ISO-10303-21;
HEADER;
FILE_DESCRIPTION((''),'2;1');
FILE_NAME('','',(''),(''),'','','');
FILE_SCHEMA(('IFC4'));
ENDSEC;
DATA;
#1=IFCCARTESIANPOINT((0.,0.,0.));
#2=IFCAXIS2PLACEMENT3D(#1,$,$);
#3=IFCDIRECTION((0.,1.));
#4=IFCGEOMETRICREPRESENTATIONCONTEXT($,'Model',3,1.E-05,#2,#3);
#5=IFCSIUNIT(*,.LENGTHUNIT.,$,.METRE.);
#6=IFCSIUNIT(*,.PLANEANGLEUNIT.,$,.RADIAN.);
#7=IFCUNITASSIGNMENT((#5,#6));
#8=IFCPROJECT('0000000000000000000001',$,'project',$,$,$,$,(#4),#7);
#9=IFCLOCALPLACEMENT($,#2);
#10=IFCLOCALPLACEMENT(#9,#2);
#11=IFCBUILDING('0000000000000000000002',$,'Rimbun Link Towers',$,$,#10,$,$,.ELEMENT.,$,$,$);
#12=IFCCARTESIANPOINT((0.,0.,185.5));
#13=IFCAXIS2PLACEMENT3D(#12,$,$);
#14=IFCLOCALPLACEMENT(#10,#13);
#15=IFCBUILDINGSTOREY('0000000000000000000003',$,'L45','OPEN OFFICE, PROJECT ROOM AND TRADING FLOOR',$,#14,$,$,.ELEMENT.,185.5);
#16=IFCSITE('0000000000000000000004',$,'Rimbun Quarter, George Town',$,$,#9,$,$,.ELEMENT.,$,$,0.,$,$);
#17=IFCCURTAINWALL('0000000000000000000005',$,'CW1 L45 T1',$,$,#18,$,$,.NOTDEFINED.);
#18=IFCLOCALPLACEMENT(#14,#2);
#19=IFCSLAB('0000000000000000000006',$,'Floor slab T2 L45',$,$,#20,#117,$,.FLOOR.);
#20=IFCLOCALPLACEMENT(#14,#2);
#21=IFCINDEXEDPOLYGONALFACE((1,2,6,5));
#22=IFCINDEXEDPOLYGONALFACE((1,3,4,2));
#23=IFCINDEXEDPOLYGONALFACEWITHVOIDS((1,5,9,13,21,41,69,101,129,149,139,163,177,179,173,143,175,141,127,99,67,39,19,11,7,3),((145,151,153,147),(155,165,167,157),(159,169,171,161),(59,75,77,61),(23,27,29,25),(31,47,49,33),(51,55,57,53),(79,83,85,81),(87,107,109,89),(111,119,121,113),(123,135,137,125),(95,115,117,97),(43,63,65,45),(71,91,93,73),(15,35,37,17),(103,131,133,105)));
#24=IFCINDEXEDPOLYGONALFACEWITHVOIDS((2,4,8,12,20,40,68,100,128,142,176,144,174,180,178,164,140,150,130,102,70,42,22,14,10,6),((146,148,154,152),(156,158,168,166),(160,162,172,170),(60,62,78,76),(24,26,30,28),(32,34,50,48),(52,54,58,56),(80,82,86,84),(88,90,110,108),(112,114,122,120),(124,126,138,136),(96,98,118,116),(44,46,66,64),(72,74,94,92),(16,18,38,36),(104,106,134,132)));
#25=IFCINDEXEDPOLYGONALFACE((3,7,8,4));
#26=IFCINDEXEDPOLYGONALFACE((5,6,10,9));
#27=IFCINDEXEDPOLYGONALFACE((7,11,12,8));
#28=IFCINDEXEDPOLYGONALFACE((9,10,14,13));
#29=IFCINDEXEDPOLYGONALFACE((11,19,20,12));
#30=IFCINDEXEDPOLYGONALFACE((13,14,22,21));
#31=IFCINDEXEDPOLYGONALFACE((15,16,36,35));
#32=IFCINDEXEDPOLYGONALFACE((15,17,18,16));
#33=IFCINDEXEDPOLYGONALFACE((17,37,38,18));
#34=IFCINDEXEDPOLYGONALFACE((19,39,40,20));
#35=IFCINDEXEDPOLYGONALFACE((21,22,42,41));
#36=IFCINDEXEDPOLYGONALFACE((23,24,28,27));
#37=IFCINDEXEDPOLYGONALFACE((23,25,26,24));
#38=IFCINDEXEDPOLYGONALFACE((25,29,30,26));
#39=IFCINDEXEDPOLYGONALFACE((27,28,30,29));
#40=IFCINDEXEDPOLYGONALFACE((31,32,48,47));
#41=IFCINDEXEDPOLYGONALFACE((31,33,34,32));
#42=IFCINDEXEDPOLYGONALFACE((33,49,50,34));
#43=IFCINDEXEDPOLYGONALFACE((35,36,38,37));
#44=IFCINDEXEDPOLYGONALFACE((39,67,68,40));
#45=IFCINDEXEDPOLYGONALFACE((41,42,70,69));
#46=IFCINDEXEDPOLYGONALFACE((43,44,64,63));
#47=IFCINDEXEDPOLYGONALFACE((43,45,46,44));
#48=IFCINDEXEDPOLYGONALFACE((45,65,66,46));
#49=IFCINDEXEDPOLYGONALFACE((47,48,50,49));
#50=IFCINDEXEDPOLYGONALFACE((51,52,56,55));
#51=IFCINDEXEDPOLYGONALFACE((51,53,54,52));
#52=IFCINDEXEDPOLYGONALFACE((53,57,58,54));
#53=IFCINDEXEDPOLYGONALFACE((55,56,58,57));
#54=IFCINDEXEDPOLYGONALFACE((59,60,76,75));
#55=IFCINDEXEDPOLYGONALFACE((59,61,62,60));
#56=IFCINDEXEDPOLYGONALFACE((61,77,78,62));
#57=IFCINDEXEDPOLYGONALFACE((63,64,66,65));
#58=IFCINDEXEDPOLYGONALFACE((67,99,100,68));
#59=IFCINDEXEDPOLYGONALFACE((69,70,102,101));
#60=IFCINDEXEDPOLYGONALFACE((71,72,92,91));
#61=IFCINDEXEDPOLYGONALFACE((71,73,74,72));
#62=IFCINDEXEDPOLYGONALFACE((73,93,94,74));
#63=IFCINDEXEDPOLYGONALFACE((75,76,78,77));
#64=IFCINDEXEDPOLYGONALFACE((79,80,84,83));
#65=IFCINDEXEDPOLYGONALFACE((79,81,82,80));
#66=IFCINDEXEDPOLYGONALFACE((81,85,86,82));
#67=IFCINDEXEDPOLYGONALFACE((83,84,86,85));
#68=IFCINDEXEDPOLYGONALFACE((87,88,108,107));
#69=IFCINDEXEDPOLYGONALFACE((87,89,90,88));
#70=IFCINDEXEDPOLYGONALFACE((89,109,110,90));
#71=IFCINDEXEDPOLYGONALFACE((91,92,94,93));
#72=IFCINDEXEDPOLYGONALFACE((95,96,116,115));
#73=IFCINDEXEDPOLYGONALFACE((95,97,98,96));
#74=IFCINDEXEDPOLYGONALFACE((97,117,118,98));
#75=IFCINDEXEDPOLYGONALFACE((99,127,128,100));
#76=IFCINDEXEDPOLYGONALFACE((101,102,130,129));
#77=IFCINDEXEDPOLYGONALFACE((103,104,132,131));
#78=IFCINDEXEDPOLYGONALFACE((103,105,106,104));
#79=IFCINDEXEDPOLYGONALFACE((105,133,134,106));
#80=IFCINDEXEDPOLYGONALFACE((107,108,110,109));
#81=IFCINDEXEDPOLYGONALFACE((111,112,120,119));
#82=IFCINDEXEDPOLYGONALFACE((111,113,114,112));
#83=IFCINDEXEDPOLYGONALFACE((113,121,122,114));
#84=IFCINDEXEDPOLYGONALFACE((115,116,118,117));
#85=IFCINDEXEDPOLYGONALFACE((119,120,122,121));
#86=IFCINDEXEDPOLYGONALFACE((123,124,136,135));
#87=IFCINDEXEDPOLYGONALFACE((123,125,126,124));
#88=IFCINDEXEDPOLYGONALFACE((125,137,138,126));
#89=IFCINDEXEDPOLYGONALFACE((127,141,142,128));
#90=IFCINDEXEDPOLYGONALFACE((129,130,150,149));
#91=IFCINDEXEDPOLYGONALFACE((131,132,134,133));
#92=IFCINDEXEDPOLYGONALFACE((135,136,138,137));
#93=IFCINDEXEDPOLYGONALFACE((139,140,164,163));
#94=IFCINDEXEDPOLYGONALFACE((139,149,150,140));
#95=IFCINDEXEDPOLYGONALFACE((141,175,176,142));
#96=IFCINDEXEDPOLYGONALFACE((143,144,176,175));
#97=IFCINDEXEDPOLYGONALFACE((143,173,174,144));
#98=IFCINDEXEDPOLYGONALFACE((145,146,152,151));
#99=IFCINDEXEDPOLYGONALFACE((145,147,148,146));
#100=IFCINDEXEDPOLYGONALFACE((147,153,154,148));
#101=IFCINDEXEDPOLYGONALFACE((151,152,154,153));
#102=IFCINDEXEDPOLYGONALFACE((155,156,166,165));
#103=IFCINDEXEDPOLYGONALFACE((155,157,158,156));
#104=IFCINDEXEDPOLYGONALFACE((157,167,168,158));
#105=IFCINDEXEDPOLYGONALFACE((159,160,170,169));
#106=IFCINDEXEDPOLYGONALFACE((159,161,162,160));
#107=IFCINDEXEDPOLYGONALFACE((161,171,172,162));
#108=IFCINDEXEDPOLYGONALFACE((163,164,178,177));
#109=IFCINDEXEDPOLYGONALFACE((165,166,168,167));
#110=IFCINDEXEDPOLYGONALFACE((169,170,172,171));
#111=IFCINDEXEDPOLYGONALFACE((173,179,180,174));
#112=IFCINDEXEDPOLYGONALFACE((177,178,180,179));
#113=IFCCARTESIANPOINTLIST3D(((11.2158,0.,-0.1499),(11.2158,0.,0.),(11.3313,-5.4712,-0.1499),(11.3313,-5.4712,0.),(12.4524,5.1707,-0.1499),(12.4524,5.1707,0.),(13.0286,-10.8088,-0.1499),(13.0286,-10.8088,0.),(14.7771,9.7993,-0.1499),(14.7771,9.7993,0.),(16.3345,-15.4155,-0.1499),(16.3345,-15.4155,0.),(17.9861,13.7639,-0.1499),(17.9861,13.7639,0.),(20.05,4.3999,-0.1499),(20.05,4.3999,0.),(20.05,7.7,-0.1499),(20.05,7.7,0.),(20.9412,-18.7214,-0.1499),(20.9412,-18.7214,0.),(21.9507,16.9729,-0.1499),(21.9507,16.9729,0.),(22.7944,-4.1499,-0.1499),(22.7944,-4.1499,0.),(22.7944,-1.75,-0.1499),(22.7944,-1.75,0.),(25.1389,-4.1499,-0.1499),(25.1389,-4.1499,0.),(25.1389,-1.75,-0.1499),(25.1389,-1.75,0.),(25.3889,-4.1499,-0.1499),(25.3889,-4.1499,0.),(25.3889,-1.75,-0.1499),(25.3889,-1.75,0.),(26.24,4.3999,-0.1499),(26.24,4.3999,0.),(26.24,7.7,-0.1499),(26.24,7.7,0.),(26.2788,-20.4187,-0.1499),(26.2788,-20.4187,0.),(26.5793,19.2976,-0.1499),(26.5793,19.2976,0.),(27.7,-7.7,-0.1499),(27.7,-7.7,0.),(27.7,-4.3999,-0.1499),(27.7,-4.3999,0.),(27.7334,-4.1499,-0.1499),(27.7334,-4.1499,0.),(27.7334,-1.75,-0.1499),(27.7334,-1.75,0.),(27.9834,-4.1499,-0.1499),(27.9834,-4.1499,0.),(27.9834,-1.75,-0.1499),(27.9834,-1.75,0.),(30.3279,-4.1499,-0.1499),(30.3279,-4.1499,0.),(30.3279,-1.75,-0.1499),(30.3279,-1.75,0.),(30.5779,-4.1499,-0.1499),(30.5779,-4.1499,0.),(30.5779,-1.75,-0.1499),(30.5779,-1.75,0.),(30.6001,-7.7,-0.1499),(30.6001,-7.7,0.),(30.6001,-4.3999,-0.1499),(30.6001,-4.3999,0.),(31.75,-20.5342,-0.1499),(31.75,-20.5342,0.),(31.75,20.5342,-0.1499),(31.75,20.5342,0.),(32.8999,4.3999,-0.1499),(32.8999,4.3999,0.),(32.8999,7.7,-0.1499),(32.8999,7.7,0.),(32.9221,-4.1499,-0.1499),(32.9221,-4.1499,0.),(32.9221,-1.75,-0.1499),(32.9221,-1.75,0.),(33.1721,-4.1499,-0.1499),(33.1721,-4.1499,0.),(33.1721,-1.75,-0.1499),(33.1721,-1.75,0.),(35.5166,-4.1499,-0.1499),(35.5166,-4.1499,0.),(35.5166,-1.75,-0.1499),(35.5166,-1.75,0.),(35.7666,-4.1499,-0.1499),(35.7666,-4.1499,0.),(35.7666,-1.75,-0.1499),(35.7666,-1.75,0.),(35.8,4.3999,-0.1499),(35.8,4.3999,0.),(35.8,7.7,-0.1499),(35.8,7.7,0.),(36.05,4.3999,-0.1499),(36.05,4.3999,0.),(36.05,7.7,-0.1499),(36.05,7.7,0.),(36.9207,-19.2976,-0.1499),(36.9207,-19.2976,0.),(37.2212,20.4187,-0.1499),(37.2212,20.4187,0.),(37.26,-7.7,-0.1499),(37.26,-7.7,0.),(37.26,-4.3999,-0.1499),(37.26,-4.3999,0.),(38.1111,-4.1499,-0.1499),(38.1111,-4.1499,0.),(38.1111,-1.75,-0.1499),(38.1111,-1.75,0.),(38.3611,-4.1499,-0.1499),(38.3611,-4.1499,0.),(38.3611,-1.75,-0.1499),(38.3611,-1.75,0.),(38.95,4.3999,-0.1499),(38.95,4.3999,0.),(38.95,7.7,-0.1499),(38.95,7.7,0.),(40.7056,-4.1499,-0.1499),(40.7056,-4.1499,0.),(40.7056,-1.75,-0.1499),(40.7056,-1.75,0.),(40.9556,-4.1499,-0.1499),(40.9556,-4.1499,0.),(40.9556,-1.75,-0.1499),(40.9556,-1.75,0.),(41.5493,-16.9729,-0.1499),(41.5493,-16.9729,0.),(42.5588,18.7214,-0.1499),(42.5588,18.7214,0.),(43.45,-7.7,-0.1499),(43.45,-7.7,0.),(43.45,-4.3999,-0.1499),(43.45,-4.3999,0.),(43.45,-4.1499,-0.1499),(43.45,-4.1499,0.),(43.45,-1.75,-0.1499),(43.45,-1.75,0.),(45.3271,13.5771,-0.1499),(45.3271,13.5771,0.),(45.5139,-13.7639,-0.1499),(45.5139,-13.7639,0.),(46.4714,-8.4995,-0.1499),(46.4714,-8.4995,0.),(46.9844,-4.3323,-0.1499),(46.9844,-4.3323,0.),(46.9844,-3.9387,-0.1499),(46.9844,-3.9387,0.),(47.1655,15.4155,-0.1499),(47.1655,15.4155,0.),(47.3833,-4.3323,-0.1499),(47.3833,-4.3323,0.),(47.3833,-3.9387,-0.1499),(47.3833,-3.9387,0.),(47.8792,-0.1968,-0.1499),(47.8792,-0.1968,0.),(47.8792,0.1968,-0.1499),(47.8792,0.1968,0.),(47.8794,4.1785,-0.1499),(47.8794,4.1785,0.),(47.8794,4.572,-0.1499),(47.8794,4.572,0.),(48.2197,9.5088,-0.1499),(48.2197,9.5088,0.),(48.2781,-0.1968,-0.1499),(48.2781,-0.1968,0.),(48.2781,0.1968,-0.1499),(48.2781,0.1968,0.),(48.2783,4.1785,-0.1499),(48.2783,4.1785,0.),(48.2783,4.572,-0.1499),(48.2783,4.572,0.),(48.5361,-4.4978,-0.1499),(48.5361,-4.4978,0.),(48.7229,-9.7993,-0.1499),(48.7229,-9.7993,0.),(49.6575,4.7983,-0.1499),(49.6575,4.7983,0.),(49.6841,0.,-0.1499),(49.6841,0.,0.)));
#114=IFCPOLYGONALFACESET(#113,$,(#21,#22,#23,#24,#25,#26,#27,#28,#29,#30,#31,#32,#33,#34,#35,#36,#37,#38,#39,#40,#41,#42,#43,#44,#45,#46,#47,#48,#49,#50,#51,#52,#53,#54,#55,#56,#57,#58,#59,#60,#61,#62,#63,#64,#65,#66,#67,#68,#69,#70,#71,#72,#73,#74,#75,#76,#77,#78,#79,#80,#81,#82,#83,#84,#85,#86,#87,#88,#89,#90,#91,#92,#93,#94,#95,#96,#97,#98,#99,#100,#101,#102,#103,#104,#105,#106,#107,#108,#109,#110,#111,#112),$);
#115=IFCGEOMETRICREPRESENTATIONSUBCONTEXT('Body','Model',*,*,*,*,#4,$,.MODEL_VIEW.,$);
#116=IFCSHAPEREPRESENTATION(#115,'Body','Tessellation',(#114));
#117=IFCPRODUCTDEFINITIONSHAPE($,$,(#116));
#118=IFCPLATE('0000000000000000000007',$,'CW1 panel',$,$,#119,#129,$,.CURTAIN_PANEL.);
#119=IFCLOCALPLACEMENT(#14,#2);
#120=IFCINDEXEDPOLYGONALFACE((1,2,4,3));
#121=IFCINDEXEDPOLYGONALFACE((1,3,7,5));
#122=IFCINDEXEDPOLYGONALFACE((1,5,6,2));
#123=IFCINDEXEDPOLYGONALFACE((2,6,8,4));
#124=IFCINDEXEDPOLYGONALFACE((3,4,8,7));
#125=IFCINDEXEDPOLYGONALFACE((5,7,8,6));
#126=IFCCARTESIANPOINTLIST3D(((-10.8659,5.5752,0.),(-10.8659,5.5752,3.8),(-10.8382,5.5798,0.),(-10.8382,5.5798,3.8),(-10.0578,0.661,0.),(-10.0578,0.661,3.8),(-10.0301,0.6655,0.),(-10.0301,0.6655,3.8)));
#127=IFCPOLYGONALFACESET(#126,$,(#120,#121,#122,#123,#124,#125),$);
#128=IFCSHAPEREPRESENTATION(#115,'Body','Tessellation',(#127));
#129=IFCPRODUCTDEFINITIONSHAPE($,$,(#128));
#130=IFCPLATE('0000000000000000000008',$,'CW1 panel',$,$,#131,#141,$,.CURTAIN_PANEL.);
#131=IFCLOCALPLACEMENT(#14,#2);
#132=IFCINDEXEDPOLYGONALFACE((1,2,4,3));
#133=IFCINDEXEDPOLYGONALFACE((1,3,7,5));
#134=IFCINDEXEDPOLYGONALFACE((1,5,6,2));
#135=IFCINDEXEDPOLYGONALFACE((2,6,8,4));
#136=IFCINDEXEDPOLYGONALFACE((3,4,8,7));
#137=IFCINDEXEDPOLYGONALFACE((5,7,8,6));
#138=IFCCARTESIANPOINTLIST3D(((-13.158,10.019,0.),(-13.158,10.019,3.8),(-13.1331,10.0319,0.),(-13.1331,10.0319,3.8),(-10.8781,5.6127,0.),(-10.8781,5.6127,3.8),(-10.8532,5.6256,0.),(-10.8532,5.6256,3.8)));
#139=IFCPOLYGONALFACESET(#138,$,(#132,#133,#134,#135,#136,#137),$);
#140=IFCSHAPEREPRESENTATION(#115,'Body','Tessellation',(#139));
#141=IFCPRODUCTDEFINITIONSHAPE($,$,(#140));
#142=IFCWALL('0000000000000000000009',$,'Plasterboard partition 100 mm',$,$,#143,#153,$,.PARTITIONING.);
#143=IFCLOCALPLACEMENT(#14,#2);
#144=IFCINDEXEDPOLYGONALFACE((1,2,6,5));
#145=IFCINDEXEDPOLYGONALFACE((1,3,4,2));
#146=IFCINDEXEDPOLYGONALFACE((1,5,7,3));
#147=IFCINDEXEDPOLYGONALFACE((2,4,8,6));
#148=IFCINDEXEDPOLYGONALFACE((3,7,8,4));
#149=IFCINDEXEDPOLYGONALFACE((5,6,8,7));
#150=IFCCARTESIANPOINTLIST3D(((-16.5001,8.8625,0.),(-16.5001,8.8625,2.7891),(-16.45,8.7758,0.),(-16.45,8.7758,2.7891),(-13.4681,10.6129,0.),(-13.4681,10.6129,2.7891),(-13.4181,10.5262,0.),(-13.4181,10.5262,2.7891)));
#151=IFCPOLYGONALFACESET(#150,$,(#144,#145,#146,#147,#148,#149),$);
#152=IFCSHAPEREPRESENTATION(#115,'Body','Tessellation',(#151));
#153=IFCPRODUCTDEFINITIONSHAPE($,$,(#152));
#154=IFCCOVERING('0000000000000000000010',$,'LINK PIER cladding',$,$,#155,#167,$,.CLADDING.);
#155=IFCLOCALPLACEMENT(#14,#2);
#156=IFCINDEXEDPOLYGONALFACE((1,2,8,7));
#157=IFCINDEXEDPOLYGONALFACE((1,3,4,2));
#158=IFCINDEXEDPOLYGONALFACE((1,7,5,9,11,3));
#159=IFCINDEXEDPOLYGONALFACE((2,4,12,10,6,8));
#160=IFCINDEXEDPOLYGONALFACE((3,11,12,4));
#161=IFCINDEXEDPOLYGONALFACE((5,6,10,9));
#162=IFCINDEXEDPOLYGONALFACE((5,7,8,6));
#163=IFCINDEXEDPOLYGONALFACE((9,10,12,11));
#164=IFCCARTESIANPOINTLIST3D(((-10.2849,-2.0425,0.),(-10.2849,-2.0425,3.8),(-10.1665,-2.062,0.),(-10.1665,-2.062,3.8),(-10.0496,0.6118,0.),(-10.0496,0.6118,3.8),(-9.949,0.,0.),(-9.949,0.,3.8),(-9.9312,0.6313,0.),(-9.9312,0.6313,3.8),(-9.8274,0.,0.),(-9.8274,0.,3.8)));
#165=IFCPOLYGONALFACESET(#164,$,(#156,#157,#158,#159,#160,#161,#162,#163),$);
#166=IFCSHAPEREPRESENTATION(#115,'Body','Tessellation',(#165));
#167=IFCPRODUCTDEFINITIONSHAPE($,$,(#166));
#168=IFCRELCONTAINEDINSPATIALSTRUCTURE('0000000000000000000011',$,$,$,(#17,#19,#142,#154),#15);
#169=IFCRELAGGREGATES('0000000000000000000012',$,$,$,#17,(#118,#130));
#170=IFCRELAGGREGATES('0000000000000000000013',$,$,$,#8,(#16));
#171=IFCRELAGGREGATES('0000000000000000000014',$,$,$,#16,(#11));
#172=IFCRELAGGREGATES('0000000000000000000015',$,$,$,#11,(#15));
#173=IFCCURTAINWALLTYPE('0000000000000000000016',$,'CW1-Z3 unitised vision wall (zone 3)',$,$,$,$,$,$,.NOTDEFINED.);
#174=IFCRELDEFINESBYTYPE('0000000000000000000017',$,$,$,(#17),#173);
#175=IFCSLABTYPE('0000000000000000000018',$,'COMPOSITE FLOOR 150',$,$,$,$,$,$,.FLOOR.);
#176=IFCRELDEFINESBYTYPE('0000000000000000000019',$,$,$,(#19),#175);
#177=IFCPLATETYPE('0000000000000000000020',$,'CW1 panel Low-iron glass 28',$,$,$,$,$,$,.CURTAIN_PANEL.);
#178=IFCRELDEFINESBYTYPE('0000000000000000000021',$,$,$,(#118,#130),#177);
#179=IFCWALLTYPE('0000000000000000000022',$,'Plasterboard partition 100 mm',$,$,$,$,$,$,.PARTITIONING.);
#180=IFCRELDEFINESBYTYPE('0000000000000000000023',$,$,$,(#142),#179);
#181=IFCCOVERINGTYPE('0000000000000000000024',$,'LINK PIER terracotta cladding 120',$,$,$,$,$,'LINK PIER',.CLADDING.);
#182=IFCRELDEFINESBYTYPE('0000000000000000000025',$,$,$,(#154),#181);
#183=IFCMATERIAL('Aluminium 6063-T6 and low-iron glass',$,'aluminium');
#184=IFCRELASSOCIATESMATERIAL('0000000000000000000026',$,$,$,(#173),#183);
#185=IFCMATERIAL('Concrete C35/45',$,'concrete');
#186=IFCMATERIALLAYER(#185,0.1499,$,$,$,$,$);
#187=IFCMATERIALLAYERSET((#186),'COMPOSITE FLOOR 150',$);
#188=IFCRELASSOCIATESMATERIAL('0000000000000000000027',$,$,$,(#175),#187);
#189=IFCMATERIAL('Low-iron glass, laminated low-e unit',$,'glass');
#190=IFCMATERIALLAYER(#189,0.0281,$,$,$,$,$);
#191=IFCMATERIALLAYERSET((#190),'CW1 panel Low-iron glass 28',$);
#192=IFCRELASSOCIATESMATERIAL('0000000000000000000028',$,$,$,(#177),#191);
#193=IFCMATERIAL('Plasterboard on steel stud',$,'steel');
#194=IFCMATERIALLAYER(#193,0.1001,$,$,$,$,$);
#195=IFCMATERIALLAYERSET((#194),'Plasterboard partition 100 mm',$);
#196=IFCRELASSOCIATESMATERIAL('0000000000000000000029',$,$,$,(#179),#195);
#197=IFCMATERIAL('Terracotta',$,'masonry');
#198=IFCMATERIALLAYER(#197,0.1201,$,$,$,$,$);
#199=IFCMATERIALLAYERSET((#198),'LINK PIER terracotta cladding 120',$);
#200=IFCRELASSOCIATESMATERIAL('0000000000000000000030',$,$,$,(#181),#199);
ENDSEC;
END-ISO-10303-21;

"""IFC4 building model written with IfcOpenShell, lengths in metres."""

from ifc_helpers import new_model, si_unit, direction, frame, frame_2d, origin, origin_2d, place, context, subcontext, project, spatial, polyline, rectangle, outline, extrude, material, layer, layer_set, type_object, element, aggregate, save


model = new_model("IFC4")

# Units and contexts
model_context = context("Model", 3, precision=1e-05, world=origin(), true_north=direction((0.0, 1.0)))
body_context = subcontext(model_context, "Body", "Model", "MODEL_VIEW")
ifc_project = project(units=[si_unit("LENGTHUNIT", "METRE"), si_unit("PLANEANGLEUNIT", "RADIAN")], contexts=[model_context])

# Site, building, storey
site_placement = place(None, origin())
site = spatial("IfcSite", under=ifc_project, at=site_placement, Name="Rimbun Quarter, George Town", CompositionType="ELEMENT", RefElevation=0.0)
building_placement = place(site_placement, origin())
building = spatial("IfcBuilding", under=site, at=building_placement, Name="Rimbun Link Towers", CompositionType="ELEMENT")
storey_placement = place(building_placement, frame((0.0, 0.0, 185.5)))
storey = spatial("IfcBuildingStorey", under=building, at=storey_placement, Name="L45", Description="OPEN OFFICE, PROJECT ROOM AND TRADING FLOOR", CompositionType="ELEMENT", Elevation=185.5)

# Curtain wall
ifc_material_1 = material(Name="Aluminium 6063-T6 and low-iron glass", Category="aluminium")
curtain_wall_type = type_object("IfcCurtainWallType", Name="CW1-Z3 unitised vision wall (zone 3)", PredefinedType="NOTDEFINED", material=ifc_material_1)
curtain_wall_placement = place(storey_placement, origin())
curtain_wall = element("IfcCurtainWall", 1, at=curtain_wall_placement, inside=storey, type_object=curtain_wall_type, Name="CW1 L45 T1", PredefinedType="NOTDEFINED")

# Slab
ifc_material_2 = material(Name="Concrete C35/45", Category="concrete")
ifc_layer_1 = layer(ifc_material_2, 0.1499)
ifc_layer_set_1 = layer_set([ifc_layer_1], Name="COMPOSITE FLOOR 150")
slab_type = type_object("IfcSlabType", Name="COMPOSITE FLOOR 150", PredefinedType="FLOOR", material=ifc_layer_set_1)
slab_placement = place(storey_placement, frame((0.0, 0.0, -0.1499)))
element("IfcSlab", 2, at=slab_placement, inside=storey, type_object=slab_type, Name="Floor slab T2 L45", PredefinedType="FLOOR", context=body_context, shape_type="SweptSolid", body=[
    extrude(outline(polyline([(45.5139, -13.7639), (41.5493, -16.9729), (36.9207, -19.2976), (31.75, -20.5342), (26.2788, -20.4187), (20.9412, -18.7214), (16.3345, -15.4155), (13.0286, -10.8088), (11.3313, -5.4712), (11.2158, 0.0), (12.4524, 5.1707), (14.7771, 9.7993), (17.9861, 13.7639), (21.9507, 16.9729), (26.5793, 19.2976), (31.75, 20.5342), (37.2212, 20.4187), (42.5588, 18.7214), (47.1655, 15.4155), (45.3271, 13.5771), (48.2197, 9.5088), (49.6575, 4.7983), (49.6841, 0.0), (48.5361, -4.4978), (46.4714, -8.4995), (48.7229, -9.7993), (45.5139, -13.7639)]), holes=[polyline([(30.6001, -7.7), (30.6001, -4.3999), (27.7, -4.3999), (27.7, -7.7), (30.6001, -7.7)]), polyline([(25.1389, -4.1499), (25.1389, -1.75), (22.7944, -1.75), (22.7944, -4.1499), (25.1389, -4.1499)]), polyline([(27.7334, -4.1499), (27.7334, -1.75), (25.3889, -1.75), (25.3889, -4.1499), (27.7334, -4.1499)]), polyline([(30.3279, -4.1499), (30.3279, -1.75), (27.9834, -1.75), (27.9834, -4.1499), (30.3279, -4.1499)]), polyline([(32.9221, -4.1499), (32.9221, -1.75), (30.5779, -1.75), (30.5779, -4.1499), (32.9221, -4.1499)]), polyline([(35.5166, -4.1499), (35.5166, -1.75), (33.1721, -1.75), (33.1721, -4.1499), (35.5166, -4.1499)]), polyline([(26.24, 4.3999), (26.24, 7.7), (20.05, 7.7), (20.05, 4.3999), (26.24, 4.3999)]), polyline([(35.8, 4.3999), (35.8, 7.7), (32.8999, 7.7), (32.8999, 4.3999), (35.8, 4.3999)]), polyline([(43.45, -7.7), (43.45, -4.3999), (37.26, -4.3999), (37.26, -7.7), (43.45, -7.7)]), polyline([(47.3833, -4.3323), (47.3833, -3.9387), (46.9844, -3.9387), (46.9844, -4.3323), (47.3833, -4.3323)]), polyline([(38.1111, -4.1499), (38.1111, -1.75), (35.7666, -1.75), (35.7666, -4.1499), (38.1111, -4.1499)]), polyline([(40.7056, -4.1499), (40.7056, -1.75), (38.3611, -1.75), (38.3611, -4.1499), (40.7056, -4.1499)]), polyline([(43.45, -4.1499), (43.45, -1.75), (40.9556, -1.75), (40.9556, -4.1499), (43.45, -4.1499)]), polyline([(48.2781, -0.1968), (48.2781, 0.1968), (47.8792, 0.1968), (47.8792, -0.1968), (48.2781, -0.1968)]), polyline([(48.2783, 4.1785), (48.2783, 4.572), (47.8794, 4.572), (47.8794, 4.1785), (48.2783, 4.1785)]), polyline([(38.95, 4.3999), (38.95, 7.7), (36.05, 7.7), (36.05, 4.3999), (38.95, 4.3999)])]), origin(), (0.0, 0.0, 1.0), 0.1499),
])

# Plates
ifc_material_3 = material(Name="Low-iron glass, laminated low-e unit", Category="glass")
ifc_layer_2 = layer(ifc_material_3, 0.0281)
ifc_layer_set_2 = layer_set([ifc_layer_2], Name="CW1 panel Low-iron glass 28")
plate_type = type_object("IfcPlateType", Name="CW1 panel Low-iron glass 28", PredefinedType="CURTAIN_PANEL", material=ifc_layer_set_2)
plate_1_placement = place(storey_placement, frame((-10.448, 3.1204, 0.0), z_axis=(0.0, 0.0, 1.0), x_axis=(0.162254, -0.986749, 0.0)))
plate_1 = element("IfcPlate", 3, at=plate_1_placement, type_object=plate_type, Name="CW1 panel", PredefinedType="CURTAIN_PANEL", context=body_context, shape_type="SweptSolid", body=[
    extrude(rectangle(XDim=4.9802, YDim=0.0281, at=origin_2d()), origin(), (0.0, 0.0, 1.0), 3.8),
])
plate_2_placement = place(storey_placement, frame((-12.0056, 7.8223, 0.0), z_axis=(0.0, 0.0, 1.0), x_axis=(0.459554, -0.88815, 0.0)))
plate_2 = element("IfcPlate", 4, at=plate_2_placement, type_object=plate_type, Name="CW1 panel", PredefinedType="CURTAIN_PANEL", context=body_context, shape_type="SweptSolid", body=[
    extrude(rectangle(XDim=4.9612, YDim=0.0281, at=origin_2d()), origin(), (0.0, 0.0, 1.0), 3.8),
])
aggregate(curtain_wall, [plate_1, plate_2])

# Wall
ifc_material_4 = material(Name="Plasterboard on steel stud", Category="steel")
ifc_layer_3 = layer(ifc_material_4, 0.1001)
ifc_layer_set_3 = layer_set([ifc_layer_3], Name="Plasterboard partition 100 mm")
wall_type = type_object("IfcWallType", Name="Plasterboard partition 100 mm", PredefinedType="PARTITIONING", material=ifc_layer_set_3)
wall_placement = place(storey_placement, frame((-13.4431, 10.5696, 0.0), z_axis=(0.0, 0.0, 1.0), x_axis=(-0.866029, -0.499994, 0.0)))
element("IfcWall", 5, at=wall_placement, inside=storey, type_object=wall_type, Name="Plasterboard partition 100 mm", PredefinedType="PARTITIONING", context=body_context, shape_type="SweptSolid", body=[
    extrude(rectangle(XDim=3.501, YDim=0.1001, at=frame_2d((1.7505, 0.0))), origin(), (0.0, 0.0, 1.0), 2.7891),
])

# Covering
ifc_material_5 = material(Name="Terracotta", Category="masonry")
ifc_layer_4 = layer(ifc_material_5, 0.1201)
ifc_layer_set_4 = layer_set([ifc_layer_4], Name="LINK PIER terracotta cladding 120")
covering_type_1 = type_object("IfcCoveringType", Name="LINK PIER terracotta cladding 120", ElementType="LINK PIER", PredefinedType="CLADDING", material=ifc_layer_set_4)
covering_1_placement = place(storey_placement, origin())
element("IfcCovering", 6, at=covering_1_placement, inside=storey, type_object=covering_type_1, Name="LINK PIER cladding", PredefinedType="CLADDING", context=body_context, shape_type="SweptSolid", body=[
    extrude(outline(polyline([(-10.0496, 0.6118), (-9.949, 0.0), (-10.2849, -2.0425), (-10.1665, -2.062), (-9.8274, 0.0), (-9.9312, 0.6313), (-10.0496, 0.6118)])), origin(), (0.0, 0.0, 1.0), 3.8),
])

save(model, "model.ifc")
